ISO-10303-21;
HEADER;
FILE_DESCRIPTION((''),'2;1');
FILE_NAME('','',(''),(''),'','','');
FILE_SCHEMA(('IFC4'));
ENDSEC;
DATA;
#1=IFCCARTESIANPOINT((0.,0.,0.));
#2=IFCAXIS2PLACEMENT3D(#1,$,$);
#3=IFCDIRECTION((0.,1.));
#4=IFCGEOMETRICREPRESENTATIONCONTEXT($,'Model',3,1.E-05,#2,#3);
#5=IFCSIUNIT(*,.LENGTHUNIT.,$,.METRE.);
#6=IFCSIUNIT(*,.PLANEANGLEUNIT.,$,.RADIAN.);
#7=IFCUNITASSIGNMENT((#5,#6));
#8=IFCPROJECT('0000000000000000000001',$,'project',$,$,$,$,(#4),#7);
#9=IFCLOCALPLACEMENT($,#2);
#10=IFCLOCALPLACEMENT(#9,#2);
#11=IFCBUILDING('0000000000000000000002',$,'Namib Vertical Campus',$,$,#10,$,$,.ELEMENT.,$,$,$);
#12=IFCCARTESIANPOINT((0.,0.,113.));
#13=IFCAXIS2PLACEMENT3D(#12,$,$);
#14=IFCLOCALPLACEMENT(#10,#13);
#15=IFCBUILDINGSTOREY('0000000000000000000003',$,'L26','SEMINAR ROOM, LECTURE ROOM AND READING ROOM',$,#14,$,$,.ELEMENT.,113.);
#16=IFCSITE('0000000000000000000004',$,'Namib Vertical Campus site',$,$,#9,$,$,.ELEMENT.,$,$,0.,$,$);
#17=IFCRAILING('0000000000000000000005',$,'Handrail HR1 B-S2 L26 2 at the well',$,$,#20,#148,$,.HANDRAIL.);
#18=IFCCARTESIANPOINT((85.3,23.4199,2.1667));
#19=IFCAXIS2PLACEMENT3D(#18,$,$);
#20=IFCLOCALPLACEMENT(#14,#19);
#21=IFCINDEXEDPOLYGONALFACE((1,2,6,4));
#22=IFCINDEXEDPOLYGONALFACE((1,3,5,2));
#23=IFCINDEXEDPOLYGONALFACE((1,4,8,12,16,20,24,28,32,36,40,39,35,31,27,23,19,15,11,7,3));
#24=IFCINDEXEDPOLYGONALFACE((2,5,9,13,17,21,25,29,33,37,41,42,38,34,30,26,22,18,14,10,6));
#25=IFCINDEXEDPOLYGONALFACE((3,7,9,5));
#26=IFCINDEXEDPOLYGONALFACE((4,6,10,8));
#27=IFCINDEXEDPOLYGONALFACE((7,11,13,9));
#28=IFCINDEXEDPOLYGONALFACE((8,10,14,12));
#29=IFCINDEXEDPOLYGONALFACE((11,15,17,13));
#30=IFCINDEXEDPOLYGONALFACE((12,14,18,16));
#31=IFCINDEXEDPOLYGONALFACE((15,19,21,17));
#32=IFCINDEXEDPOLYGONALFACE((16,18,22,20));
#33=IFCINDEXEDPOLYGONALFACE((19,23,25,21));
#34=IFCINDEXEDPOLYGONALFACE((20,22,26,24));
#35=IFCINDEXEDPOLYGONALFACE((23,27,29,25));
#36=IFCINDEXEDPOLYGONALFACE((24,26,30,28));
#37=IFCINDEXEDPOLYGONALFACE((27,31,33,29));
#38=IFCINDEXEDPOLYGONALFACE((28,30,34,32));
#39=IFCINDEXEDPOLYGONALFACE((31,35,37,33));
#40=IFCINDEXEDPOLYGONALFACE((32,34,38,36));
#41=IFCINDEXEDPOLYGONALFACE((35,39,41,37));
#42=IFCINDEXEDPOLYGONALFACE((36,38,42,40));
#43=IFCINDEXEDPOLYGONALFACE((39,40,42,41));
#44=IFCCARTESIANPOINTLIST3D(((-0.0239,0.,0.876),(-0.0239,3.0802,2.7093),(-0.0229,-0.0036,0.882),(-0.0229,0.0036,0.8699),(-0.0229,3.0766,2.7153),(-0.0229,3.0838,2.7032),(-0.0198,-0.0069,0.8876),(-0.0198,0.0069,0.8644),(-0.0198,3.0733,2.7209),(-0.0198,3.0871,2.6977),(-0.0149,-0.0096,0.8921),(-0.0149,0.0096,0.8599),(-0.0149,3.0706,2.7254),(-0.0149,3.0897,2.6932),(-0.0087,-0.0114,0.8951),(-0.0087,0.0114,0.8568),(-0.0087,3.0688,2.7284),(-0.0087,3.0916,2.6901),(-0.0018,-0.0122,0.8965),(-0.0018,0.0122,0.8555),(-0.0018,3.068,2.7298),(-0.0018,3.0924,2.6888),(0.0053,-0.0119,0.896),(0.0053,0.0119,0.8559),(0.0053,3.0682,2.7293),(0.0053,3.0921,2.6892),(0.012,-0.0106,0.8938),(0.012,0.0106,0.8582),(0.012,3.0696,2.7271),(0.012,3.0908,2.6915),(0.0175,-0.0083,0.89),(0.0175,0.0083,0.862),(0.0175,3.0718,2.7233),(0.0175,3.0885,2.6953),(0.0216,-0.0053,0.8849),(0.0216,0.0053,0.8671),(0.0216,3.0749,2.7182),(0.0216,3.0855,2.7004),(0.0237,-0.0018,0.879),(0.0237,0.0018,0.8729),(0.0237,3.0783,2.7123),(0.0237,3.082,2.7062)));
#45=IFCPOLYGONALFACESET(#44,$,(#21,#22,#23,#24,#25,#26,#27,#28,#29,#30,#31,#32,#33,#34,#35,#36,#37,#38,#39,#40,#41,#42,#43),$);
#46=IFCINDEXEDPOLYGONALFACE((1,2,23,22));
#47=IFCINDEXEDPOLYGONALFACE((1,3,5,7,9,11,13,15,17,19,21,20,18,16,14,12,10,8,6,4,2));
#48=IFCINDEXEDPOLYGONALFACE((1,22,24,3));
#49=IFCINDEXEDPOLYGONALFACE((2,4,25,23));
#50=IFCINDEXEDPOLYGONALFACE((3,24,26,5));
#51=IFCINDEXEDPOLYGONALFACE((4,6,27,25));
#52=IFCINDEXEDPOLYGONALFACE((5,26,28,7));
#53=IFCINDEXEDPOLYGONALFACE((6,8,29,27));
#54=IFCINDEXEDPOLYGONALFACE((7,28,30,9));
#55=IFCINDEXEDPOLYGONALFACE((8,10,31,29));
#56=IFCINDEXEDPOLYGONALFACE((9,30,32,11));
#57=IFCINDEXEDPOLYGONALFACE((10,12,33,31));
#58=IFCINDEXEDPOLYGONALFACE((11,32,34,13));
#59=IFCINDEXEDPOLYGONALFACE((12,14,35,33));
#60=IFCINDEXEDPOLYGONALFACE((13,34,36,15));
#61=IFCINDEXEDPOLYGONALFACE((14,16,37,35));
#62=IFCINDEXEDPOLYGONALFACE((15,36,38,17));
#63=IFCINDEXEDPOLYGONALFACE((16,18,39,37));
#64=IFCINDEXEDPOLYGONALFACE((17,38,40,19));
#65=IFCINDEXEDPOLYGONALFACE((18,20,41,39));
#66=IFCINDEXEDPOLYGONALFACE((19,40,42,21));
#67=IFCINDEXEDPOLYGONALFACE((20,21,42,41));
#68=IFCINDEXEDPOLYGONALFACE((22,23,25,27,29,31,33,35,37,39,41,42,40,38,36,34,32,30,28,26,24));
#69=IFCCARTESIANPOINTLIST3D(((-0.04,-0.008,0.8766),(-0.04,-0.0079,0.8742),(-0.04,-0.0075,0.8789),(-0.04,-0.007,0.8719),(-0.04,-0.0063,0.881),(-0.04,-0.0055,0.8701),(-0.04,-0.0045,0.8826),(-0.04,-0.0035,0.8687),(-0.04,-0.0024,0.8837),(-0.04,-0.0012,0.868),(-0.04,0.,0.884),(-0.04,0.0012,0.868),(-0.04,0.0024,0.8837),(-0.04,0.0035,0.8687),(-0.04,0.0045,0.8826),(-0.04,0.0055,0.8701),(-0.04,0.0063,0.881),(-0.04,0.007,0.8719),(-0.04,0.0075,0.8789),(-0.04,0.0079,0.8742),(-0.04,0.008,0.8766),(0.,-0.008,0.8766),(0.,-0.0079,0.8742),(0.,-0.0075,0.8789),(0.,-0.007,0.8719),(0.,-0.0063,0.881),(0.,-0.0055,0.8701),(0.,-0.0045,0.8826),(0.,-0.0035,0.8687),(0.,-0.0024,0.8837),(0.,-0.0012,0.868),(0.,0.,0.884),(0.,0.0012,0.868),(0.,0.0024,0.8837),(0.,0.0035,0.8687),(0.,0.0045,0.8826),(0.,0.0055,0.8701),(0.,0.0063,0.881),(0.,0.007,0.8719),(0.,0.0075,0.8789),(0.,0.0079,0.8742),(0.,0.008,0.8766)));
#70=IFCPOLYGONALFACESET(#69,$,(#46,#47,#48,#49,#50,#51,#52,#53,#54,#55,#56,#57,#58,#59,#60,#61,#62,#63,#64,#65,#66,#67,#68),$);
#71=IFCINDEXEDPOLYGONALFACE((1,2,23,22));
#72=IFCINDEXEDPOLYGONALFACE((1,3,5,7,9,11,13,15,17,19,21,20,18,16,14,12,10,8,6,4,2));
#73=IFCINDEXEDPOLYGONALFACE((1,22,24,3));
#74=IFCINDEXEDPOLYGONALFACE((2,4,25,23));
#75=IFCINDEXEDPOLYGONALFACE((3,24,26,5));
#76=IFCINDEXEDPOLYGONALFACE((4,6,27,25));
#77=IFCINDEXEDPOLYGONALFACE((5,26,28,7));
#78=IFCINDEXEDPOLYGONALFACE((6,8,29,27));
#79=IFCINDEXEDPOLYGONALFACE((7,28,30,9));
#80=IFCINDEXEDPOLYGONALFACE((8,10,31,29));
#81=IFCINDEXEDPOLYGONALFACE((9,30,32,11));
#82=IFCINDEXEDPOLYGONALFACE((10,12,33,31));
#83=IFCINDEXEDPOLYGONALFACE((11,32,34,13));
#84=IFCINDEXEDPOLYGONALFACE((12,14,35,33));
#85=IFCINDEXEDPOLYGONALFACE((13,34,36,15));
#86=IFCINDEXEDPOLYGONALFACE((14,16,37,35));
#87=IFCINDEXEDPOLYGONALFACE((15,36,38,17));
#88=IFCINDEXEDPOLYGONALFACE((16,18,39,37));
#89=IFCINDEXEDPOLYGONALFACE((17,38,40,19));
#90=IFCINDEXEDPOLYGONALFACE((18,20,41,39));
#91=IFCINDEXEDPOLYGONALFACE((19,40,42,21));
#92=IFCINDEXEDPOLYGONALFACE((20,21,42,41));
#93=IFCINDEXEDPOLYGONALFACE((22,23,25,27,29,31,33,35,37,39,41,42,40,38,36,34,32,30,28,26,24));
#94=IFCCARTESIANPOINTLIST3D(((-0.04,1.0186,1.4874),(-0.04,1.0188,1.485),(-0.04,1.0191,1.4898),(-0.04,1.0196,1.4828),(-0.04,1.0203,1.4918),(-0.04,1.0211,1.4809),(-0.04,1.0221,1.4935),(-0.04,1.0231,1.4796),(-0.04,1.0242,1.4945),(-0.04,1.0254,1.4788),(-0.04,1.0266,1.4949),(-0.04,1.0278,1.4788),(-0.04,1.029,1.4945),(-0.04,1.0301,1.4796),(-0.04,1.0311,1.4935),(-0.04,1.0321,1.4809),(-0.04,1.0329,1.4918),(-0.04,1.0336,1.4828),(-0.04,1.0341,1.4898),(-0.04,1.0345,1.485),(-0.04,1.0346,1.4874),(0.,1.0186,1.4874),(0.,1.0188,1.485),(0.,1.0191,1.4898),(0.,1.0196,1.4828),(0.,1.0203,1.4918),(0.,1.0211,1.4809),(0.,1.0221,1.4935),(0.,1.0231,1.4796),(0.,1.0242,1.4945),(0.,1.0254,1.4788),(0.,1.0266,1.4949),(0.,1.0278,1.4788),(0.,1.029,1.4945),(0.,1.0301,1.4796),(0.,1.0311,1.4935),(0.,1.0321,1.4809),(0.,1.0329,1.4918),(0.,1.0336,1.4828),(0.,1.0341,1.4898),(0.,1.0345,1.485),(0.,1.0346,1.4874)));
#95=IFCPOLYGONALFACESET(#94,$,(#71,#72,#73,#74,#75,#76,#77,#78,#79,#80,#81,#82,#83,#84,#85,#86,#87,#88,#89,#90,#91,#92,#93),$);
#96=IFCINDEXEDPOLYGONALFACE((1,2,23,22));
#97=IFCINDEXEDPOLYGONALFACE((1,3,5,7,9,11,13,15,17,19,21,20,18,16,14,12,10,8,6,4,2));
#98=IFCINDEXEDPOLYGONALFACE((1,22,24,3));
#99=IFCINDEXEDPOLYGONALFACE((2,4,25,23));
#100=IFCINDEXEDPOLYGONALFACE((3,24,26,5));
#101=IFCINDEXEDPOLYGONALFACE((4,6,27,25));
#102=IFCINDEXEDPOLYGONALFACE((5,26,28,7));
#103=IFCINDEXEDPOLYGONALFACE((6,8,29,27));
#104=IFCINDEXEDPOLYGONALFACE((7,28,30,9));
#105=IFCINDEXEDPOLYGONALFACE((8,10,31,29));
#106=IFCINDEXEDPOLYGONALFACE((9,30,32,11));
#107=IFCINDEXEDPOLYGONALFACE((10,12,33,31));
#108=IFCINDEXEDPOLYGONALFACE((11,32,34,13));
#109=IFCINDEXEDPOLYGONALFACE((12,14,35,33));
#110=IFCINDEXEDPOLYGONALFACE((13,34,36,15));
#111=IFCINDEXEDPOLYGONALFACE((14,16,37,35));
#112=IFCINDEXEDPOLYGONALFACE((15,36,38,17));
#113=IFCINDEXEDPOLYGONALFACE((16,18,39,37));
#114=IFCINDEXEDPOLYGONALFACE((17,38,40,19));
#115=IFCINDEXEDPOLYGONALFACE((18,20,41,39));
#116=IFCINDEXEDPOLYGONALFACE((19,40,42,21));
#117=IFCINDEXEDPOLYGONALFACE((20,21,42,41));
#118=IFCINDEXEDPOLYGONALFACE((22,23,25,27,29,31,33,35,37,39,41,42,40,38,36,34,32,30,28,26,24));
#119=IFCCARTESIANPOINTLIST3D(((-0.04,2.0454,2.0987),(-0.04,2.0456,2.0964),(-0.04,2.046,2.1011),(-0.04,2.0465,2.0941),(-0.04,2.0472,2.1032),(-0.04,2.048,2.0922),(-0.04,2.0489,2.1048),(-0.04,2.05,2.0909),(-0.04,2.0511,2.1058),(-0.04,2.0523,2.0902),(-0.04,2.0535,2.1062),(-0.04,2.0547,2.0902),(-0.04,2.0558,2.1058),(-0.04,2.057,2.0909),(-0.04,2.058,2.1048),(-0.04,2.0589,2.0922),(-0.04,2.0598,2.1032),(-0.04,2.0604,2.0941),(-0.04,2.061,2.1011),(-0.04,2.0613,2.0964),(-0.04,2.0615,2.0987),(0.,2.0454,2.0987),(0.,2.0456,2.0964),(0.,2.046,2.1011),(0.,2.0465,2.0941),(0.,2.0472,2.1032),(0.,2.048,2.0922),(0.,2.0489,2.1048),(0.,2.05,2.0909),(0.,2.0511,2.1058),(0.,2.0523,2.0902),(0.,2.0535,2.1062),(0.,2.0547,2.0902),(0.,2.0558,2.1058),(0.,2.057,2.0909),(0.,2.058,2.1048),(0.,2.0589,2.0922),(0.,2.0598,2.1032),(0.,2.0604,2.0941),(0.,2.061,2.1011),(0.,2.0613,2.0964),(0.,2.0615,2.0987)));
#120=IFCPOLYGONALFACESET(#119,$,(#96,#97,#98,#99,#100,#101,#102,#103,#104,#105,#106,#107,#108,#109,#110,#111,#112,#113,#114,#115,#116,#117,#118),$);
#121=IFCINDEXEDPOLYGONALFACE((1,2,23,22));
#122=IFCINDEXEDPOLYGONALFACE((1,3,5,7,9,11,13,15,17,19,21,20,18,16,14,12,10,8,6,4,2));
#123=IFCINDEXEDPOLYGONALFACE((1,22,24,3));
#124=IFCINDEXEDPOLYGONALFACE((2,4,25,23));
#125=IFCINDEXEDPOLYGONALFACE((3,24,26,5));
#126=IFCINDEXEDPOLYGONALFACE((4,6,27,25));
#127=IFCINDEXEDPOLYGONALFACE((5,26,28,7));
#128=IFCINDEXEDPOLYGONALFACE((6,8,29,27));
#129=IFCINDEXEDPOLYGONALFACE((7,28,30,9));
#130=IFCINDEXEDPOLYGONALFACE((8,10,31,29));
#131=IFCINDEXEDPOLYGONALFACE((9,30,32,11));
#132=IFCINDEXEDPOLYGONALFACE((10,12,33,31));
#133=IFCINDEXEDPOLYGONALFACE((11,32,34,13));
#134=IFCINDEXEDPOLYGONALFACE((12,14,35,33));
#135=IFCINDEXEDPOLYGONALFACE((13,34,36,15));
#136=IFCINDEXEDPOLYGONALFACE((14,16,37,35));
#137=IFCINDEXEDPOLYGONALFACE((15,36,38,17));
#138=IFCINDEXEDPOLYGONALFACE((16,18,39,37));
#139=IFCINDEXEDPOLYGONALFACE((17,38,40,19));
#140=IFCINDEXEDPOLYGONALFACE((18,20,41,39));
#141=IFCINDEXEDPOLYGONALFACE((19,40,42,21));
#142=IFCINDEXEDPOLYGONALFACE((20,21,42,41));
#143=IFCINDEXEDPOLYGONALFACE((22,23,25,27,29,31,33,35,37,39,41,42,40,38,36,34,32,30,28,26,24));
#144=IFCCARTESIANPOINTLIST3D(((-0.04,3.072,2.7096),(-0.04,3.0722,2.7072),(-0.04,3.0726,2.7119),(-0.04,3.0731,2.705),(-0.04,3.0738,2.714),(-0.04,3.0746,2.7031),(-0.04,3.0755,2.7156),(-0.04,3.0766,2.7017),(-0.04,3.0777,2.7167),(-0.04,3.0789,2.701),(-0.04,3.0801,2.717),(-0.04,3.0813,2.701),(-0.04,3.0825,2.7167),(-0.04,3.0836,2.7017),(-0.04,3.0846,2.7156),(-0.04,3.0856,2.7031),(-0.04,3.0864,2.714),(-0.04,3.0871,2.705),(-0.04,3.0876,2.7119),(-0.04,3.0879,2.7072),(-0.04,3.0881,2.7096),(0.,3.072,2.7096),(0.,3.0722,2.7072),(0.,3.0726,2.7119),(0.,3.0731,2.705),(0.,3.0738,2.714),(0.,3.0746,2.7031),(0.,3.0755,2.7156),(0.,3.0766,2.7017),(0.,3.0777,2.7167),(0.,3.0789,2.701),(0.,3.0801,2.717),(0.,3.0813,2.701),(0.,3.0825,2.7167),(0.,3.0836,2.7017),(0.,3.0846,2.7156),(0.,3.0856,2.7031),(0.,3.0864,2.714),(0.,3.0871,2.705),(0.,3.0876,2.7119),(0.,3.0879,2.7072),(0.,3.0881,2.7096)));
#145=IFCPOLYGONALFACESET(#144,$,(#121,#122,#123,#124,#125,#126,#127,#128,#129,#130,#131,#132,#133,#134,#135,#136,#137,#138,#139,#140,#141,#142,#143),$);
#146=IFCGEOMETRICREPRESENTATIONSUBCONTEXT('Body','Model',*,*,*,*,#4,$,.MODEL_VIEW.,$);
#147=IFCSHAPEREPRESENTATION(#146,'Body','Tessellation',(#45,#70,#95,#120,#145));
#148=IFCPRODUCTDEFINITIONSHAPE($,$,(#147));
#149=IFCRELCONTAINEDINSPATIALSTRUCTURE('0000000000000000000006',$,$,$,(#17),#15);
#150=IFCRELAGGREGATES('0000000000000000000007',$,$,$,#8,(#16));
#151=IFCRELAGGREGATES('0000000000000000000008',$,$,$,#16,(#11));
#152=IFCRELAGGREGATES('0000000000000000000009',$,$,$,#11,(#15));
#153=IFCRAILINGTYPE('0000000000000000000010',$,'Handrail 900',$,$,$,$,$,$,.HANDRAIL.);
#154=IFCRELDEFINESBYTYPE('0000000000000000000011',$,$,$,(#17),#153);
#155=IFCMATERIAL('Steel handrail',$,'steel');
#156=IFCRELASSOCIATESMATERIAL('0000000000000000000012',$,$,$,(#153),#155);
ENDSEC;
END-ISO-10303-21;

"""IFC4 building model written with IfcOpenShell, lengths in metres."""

from ifc_helpers import new_model, si_unit, direction, frame, origin, origin_2d, place, context, subcontext, project, spatial, circle, extrude, material, type_object, element, save


model = new_model("IFC4")

# Units and contexts
model_context = context("Model", 3, precision=1e-05, world=origin(), true_north=direction((0.0, 1.0)))
body_context = subcontext(model_context, "Body", "Model", "MODEL_VIEW")
ifc_project = project(units=[si_unit("LENGTHUNIT", "METRE"), si_unit("PLANEANGLEUNIT", "RADIAN")], contexts=[model_context])

# Site, building, storey
site_placement = place(None, origin())
site = spatial("IfcSite", under=ifc_project, at=site_placement, Name="Namib Vertical Campus site", CompositionType="ELEMENT", RefElevation=0.0)
building_placement = place(site_placement, origin())
building = spatial("IfcBuilding", under=site, at=building_placement, Name="Namib Vertical Campus", CompositionType="ELEMENT")
storey_placement = place(building_placement, frame((0.0, 0.0, 113.0)))
storey = spatial("IfcBuildingStorey", under=building, at=storey_placement, Name="L26", Description="SEMINAR ROOM, LECTURE ROOM AND READING ROOM", CompositionType="ELEMENT", Elevation=113.0)

# Railing
ifc_material_1 = material(Name="Steel handrail", Category="steel")
railing_type_1 = type_object("IfcRailingType", Name="Handrail 900", PredefinedType="HANDRAIL", material=ifc_material_1)
railing_1_placement = place(storey_placement, frame((85.3, 23.4199, 2.1667)))
element("IfcRailing", 1, at=railing_1_placement, inside=storey, type_object=railing_type_1, Name="Handrail HR1 B-S2 L26 2 at the well", PredefinedType="HANDRAIL", context=body_context, shape_type="SweptSolid", body=[
    extrude(circle(Radius=0.0239, at=origin_2d()), frame((0.0, 0.0, 0.876), z_axis=(0.0, 0.859309, 0.511458), x_axis=(-1.0, 0.0, 0.0)), (0.0, 0.0, 1.0), 3.5845),
    extrude(circle(Radius=0.0081, at=origin_2d()), frame((0.0, 0.0, 0.876), z_axis=(-1.0, 0.0, 0.0), x_axis=(0.0, 0.0, 1.0)), (0.0, 0.0, 1.0), 0.04),
    extrude(circle(Radius=0.0081, at=origin_2d()), frame((0.0, 1.0266, 1.4868), z_axis=(-1.0, 0.0, 0.0), x_axis=(0.0, 0.0, 1.0)), (0.0, 0.0, 1.0), 0.04),
    extrude(circle(Radius=0.0081, at=origin_2d()), frame((0.0, 2.0535, 2.0981), z_axis=(-1.0, 0.0, 0.0), x_axis=(0.0, 0.0, 1.0)), (0.0, 0.0, 1.0), 0.04),
    extrude(circle(Radius=0.0081, at=origin_2d()), frame((0.0, 3.0801, 2.709), z_axis=(-1.0, 0.0, 0.0), x_axis=(0.0, 0.0, 1.0)), (0.0, 0.0, 1.0), 0.04),
])

save(model, "model.ifc")
